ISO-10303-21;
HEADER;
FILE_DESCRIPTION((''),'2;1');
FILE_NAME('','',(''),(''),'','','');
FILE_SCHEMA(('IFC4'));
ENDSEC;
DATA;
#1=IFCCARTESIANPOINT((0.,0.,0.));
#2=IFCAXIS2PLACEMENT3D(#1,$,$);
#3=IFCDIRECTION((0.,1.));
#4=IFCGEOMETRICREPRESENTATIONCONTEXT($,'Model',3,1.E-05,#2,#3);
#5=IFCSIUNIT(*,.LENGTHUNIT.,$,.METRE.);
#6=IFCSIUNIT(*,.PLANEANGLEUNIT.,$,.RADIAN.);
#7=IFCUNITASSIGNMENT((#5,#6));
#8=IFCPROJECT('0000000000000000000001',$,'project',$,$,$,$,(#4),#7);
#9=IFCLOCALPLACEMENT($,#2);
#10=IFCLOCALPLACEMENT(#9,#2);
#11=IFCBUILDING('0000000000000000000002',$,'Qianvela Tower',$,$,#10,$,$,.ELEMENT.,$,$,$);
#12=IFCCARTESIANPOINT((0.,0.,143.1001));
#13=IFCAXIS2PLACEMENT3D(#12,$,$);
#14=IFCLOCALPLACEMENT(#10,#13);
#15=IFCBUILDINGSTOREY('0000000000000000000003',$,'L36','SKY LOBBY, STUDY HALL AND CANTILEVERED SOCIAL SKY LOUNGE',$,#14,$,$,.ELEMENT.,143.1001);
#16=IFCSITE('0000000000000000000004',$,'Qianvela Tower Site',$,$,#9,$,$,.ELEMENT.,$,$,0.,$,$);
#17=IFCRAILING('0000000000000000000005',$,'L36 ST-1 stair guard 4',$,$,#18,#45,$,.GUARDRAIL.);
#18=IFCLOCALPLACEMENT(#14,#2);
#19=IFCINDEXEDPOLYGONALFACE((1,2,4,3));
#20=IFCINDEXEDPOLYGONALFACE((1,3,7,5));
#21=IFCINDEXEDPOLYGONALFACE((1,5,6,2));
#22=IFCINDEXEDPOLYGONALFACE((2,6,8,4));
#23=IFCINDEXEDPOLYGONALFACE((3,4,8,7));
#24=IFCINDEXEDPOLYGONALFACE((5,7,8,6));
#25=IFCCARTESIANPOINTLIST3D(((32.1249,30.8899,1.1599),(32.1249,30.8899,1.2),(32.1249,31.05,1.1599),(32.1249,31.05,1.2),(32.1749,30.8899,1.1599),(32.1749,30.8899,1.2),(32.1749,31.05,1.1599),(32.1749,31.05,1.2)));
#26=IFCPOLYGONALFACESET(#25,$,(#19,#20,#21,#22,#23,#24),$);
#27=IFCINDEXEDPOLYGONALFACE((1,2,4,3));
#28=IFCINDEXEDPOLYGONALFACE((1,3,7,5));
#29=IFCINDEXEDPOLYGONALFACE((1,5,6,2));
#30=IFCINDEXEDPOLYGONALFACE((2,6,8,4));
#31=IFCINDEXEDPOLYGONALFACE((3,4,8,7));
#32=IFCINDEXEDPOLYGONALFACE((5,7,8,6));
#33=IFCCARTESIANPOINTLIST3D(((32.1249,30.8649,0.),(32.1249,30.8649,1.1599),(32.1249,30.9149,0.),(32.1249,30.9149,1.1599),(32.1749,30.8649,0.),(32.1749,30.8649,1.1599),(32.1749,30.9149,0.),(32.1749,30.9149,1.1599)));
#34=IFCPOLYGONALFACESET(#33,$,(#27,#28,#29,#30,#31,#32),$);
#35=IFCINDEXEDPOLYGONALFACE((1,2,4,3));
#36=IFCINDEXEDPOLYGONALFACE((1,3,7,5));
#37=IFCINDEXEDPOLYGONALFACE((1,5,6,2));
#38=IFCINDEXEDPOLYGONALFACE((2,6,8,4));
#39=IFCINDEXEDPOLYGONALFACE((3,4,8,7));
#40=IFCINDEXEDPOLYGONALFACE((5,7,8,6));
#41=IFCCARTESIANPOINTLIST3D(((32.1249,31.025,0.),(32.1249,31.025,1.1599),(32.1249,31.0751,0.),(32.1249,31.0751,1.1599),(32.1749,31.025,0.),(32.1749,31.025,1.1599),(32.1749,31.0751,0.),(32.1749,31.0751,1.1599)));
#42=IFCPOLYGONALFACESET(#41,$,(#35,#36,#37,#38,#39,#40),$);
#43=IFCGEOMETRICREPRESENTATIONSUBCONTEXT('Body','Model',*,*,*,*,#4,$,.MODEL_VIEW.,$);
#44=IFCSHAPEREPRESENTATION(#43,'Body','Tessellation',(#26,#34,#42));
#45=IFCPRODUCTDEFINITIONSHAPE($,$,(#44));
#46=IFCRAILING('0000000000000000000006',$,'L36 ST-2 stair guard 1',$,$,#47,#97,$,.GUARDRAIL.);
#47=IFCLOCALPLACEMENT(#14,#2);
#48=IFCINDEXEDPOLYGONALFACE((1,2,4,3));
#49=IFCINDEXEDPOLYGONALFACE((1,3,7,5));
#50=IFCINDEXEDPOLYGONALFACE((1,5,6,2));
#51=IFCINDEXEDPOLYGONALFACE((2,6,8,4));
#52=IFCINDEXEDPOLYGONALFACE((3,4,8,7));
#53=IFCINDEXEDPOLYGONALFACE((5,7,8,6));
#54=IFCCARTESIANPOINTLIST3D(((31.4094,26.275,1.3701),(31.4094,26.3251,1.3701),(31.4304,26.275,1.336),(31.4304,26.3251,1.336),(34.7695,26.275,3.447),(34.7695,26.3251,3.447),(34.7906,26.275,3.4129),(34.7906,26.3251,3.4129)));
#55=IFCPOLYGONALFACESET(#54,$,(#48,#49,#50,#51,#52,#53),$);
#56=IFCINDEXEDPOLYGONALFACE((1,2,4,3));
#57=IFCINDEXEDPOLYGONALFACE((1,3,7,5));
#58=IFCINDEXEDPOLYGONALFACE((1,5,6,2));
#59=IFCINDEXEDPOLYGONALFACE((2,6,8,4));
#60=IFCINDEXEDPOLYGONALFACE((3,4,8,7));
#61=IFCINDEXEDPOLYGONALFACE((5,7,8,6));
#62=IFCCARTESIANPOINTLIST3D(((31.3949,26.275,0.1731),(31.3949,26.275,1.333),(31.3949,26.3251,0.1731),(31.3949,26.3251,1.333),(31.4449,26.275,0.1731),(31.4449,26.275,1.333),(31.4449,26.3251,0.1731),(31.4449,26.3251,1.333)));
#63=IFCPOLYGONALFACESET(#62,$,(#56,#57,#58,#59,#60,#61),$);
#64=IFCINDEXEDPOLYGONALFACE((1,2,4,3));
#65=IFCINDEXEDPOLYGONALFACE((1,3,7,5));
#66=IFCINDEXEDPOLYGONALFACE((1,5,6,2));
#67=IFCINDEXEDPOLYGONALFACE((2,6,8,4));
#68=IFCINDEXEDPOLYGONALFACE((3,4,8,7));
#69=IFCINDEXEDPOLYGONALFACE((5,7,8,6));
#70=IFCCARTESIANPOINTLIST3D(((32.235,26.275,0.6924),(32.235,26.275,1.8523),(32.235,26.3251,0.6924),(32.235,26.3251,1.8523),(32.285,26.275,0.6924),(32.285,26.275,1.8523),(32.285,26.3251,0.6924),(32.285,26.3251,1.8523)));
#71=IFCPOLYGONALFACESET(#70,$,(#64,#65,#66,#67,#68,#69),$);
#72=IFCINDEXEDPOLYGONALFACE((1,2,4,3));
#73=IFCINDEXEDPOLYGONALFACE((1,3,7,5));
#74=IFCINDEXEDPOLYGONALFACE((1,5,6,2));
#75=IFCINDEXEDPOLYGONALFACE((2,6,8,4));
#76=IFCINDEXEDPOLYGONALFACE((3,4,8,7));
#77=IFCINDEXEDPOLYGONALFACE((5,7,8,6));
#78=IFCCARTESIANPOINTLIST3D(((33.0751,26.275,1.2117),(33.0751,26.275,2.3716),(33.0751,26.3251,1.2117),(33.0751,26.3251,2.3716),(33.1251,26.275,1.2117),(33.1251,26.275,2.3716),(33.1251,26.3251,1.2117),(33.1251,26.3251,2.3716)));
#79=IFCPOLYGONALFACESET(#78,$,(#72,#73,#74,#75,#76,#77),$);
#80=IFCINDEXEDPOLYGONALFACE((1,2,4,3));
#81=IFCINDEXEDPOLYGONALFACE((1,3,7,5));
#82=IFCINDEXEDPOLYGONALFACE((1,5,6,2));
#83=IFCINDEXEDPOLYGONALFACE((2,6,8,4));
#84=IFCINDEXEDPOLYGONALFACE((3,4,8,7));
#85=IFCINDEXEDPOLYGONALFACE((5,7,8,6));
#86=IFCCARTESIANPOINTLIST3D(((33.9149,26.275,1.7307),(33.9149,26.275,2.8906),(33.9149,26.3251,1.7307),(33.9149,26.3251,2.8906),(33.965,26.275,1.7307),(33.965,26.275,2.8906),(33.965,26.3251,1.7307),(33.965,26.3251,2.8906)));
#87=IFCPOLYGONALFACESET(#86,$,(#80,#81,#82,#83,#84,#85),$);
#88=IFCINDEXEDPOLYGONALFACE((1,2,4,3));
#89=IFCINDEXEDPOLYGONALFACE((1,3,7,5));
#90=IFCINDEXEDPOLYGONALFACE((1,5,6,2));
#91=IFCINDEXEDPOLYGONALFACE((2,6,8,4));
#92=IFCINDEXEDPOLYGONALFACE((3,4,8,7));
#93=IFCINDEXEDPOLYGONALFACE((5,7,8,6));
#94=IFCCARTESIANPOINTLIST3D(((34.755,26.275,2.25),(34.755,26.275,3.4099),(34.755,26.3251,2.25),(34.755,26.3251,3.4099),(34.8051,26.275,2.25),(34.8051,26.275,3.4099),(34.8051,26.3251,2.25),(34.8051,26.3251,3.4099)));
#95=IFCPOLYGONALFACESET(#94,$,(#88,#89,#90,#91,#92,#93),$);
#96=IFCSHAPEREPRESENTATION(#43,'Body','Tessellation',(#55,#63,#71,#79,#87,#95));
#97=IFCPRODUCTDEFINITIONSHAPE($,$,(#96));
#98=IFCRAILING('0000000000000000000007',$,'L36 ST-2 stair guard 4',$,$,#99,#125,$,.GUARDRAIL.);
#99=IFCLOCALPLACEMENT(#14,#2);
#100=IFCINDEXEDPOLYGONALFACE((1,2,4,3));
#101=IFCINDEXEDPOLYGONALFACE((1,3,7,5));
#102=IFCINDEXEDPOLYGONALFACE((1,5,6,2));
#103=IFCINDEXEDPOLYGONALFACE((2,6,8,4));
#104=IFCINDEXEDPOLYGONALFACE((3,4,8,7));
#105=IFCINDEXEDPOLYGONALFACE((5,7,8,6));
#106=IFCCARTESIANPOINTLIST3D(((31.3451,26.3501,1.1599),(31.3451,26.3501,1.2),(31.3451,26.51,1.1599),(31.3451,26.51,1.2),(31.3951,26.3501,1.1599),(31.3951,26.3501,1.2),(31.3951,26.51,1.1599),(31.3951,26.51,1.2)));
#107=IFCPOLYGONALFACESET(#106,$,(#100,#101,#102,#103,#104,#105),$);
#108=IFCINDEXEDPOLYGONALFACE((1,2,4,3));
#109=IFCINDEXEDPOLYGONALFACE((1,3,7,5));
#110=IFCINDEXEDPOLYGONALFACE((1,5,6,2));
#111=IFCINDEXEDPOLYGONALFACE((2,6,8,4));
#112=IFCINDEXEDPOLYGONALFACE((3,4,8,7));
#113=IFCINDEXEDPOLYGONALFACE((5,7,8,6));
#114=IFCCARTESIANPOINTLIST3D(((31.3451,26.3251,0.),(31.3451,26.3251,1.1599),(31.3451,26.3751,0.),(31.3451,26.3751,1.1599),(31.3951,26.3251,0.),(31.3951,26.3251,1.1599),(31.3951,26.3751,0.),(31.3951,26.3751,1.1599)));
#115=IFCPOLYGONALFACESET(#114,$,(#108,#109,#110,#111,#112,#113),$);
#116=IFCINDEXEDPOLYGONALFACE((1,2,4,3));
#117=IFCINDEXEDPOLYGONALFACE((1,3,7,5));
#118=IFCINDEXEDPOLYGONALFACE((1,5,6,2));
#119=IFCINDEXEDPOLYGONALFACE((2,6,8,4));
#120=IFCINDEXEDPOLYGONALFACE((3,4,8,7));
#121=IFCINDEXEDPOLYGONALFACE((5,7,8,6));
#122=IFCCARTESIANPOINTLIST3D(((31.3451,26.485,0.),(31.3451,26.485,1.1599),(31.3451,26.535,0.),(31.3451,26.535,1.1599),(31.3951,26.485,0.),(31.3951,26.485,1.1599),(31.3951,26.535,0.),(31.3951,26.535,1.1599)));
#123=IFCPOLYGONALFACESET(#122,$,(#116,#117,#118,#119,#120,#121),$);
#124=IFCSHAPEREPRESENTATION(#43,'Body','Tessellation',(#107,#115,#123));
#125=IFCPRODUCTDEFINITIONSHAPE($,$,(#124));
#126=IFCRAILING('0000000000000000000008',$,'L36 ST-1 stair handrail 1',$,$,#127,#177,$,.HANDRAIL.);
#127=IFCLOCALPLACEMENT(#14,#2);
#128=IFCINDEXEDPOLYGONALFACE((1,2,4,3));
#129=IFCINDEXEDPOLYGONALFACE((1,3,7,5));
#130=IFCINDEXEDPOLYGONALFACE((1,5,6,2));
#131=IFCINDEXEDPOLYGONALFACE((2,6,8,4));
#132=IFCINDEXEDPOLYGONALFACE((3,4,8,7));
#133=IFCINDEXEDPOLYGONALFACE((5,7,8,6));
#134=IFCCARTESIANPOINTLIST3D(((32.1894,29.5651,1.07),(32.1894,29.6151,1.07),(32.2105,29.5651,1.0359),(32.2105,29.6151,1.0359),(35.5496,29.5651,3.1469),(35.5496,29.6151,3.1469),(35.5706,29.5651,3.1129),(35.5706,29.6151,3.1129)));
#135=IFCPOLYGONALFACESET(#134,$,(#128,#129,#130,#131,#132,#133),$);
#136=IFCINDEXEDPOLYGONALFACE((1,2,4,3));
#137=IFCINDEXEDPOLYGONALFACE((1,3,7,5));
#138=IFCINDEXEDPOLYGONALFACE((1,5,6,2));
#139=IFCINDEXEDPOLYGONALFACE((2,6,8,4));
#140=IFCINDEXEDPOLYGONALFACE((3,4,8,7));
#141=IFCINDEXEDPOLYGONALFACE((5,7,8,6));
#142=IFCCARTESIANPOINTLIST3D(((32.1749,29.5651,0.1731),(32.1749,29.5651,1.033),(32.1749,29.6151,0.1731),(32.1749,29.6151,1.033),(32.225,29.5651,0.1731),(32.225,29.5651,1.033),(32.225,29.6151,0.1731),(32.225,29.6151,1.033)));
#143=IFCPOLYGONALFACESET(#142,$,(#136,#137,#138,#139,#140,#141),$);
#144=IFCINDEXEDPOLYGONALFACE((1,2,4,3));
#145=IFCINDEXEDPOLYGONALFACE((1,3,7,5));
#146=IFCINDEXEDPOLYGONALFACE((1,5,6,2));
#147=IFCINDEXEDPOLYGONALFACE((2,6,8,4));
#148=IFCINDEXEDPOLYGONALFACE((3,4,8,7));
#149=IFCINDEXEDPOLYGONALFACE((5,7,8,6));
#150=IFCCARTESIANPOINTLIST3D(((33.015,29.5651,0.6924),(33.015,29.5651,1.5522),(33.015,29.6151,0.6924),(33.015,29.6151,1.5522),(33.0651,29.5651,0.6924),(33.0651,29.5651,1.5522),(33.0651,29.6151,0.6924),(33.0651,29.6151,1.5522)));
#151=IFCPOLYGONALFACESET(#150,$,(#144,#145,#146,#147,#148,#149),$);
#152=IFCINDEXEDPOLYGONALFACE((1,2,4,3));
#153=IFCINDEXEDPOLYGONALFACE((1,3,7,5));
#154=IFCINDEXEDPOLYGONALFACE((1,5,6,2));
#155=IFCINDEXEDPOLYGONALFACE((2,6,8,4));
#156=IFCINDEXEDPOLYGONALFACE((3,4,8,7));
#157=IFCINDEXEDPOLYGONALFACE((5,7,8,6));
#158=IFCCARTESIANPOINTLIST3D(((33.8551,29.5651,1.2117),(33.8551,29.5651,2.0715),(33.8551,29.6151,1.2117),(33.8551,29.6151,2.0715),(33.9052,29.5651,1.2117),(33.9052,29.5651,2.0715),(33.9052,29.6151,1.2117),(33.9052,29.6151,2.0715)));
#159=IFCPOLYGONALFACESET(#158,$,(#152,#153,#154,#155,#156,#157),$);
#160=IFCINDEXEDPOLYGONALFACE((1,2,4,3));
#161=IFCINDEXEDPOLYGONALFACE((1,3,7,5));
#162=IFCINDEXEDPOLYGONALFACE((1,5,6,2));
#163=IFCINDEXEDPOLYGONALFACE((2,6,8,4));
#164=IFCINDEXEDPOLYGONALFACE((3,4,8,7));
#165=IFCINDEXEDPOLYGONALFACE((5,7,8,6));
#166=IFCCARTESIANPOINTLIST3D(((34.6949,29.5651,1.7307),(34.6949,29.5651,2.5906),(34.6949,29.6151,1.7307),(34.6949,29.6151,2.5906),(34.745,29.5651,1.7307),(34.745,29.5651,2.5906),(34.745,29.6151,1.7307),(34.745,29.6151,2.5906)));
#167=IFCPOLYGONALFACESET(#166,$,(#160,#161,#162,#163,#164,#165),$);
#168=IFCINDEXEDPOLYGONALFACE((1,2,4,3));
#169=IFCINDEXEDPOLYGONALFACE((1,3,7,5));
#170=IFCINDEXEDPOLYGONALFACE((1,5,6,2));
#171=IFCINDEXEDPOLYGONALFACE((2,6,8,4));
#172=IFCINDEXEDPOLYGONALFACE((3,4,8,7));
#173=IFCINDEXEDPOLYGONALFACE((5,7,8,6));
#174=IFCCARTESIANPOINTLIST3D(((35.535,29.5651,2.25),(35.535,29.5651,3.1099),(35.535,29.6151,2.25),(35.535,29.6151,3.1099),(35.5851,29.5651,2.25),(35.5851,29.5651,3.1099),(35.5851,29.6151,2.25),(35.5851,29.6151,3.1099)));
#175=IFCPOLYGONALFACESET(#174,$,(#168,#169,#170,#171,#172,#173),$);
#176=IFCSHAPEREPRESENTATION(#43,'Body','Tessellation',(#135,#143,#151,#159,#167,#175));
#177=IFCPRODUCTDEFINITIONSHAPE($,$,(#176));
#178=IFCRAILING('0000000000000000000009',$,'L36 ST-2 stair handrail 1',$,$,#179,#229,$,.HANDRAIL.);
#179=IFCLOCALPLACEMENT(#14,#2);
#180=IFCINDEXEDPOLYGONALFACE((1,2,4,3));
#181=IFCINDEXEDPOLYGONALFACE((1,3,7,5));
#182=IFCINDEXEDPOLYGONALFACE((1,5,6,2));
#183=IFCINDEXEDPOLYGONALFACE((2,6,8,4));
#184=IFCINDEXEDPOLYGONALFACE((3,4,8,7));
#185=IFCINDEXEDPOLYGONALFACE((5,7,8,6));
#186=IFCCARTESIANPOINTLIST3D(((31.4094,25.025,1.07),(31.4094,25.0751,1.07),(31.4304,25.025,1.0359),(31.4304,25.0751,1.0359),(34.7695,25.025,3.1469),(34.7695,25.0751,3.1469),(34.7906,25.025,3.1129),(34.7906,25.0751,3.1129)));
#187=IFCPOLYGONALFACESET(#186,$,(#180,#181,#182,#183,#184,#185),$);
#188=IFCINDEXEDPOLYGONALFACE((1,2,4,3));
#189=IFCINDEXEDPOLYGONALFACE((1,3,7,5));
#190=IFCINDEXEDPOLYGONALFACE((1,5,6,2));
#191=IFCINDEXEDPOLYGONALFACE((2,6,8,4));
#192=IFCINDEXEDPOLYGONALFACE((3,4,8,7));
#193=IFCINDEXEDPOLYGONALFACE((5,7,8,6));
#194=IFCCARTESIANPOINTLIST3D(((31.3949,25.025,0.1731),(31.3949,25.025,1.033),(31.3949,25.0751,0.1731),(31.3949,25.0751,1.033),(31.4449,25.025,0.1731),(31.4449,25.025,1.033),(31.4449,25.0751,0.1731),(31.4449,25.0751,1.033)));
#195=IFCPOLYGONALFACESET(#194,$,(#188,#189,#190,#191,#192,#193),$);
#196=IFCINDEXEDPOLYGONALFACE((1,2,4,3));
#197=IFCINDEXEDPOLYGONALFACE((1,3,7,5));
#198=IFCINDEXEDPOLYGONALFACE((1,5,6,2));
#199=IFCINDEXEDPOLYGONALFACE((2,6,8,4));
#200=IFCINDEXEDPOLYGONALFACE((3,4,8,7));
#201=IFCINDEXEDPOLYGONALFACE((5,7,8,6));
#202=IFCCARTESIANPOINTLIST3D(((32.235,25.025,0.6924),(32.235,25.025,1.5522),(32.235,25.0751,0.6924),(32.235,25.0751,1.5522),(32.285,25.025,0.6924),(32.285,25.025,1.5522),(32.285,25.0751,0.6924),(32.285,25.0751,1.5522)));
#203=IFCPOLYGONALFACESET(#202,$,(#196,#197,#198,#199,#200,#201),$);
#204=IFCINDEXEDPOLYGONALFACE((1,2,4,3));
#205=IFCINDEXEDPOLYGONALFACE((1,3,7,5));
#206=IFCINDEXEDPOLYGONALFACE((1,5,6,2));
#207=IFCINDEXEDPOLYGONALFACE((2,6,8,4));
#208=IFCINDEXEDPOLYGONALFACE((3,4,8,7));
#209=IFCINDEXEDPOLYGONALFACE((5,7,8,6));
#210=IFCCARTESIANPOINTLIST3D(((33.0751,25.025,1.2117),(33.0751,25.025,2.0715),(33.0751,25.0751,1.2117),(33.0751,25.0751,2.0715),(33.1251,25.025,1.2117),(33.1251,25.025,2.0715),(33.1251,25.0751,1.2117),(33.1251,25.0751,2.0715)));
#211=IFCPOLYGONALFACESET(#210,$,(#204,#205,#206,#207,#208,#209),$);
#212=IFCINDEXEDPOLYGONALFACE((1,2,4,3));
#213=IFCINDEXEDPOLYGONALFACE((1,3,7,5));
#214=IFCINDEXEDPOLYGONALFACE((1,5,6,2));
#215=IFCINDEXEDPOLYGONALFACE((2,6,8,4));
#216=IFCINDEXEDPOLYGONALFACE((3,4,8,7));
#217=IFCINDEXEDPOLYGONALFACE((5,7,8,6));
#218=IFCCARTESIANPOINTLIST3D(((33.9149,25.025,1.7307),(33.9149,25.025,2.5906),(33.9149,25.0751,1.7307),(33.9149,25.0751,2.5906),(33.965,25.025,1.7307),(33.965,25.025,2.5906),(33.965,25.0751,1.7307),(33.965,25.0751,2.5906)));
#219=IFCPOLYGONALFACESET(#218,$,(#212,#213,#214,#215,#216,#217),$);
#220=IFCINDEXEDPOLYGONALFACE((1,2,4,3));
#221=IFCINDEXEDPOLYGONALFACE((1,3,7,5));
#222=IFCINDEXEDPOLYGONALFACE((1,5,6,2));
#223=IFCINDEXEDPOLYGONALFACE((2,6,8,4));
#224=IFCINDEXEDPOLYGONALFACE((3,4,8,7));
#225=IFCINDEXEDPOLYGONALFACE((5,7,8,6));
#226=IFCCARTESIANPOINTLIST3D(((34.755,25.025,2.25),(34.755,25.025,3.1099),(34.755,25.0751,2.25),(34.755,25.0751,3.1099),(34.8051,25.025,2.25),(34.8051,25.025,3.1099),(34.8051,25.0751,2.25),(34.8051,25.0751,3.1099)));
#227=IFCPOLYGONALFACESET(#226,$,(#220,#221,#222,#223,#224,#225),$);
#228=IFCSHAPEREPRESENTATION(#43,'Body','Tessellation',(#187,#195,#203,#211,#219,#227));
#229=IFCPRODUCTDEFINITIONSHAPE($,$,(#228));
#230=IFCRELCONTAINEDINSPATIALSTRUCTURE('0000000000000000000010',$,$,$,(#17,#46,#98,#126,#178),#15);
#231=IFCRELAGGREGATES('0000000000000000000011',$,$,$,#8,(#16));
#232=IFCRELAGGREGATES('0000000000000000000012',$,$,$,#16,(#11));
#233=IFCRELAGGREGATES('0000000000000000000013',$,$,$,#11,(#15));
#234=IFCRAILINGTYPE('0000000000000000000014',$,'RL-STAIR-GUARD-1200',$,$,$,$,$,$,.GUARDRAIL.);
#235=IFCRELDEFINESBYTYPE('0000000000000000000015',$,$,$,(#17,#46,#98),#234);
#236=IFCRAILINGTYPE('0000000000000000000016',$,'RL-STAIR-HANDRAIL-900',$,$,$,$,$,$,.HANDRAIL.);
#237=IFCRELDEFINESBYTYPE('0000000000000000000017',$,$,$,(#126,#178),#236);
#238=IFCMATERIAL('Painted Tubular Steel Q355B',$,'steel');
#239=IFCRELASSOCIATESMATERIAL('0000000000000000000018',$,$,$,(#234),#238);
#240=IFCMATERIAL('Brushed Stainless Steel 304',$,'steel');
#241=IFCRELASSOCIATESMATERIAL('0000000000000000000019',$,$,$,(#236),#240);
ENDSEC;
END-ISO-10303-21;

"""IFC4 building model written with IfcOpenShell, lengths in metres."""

from ifc_helpers import new_model, si_unit, direction, frame, origin, origin_2d, place, context, subcontext, project, spatial, rectangle, extrude, material, type_object, element, save


model = new_model("IFC4")

# Units and contexts
model_context = context("Model", 3, precision=1e-05, world=origin(), true_north=direction((0.0, 1.0)))
body_context = subcontext(model_context, "Body", "Model", "MODEL_VIEW")
ifc_project = project(units=[si_unit("LENGTHUNIT", "METRE"), si_unit("PLANEANGLEUNIT", "RADIAN")], contexts=[model_context])

# Site, building, storey
site_placement = place(None, origin())
site = spatial("IfcSite", under=ifc_project, at=site_placement, Name="Qianvela Tower Site", CompositionType="ELEMENT", RefElevation=0.0)
building_placement = place(site_placement, origin())
building = spatial("IfcBuilding", under=site, at=building_placement, Name="Qianvela Tower", CompositionType="ELEMENT")
storey_placement = place(building_placement, frame((0.0, 0.0, 143.1001)))
storey = spatial("IfcBuildingStorey", under=building, at=storey_placement, Name="L36", Description="SKY LOBBY, STUDY HALL AND CANTILEVERED SOCIAL SKY LOUNGE", CompositionType="ELEMENT", Elevation=143.1001)

# Railings
ifc_material_1 = material(Name="Painted Tubular Steel Q355B", Category="steel")
railing_type_1 = type_object("IfcRailingType", Name="RL-STAIR-GUARD-1200", PredefinedType="GUARDRAIL", material=ifc_material_1)
railing_1_placement = place(storey_placement, frame((32.1499, 30.8899, 0.0)))
element("IfcRailing", 1, at=railing_1_placement, inside=storey, type_object=railing_type_1, Name="L36 ST-1 stair guard 4", PredefinedType="GUARDRAIL", context=body_context, shape_type="SweptSolid", body=[
    extrude(rectangle(XDim=0.05, YDim=0.04, at=origin_2d()), frame((0.0, 0.0, 1.1799), z_axis=(0.0, 1.0, 0.0), x_axis=(-1.0, 0.0, 0.0)), (0.0, 0.0, 1.0), 0.1602),
    extrude(rectangle(XDim=0.05, YDim=0.05, at=origin_2d()), origin(), (0.0, 0.0, 1.0), 1.1599),
    extrude(rectangle(XDim=0.05, YDim=0.05, at=origin_2d()), frame((0.0, 0.1602, 0.0)), (0.0, 0.0, 1.0), 1.1599),
])
railing_2_placement = place(storey_placement, frame((31.4199, 26.3, 0.1731)))
element("IfcRailing", 2, at=railing_2_placement, inside=storey, type_object=railing_type_1, Name="L36 ST-2 stair guard 1", PredefinedType="GUARDRAIL", context=body_context, shape_type="SweptSolid", body=[
    extrude(rectangle(XDim=0.05, YDim=0.04, at=origin_2d()), frame((0.0, 0.0, 1.1799), z_axis=(0.850623, 0.0, 0.525776), x_axis=(0.0, 1.0, 0.0)), (0.0, 0.0, 1.0), 3.9502),
    extrude(rectangle(XDim=0.05, YDim=0.05, at=origin_2d()), origin(), (0.0, 0.0, 1.0), 1.1599),
    extrude(rectangle(XDim=0.05, YDim=0.05, at=origin_2d()), frame((0.8401, 0.0, 0.5193)), (0.0, 0.0, 1.0), 1.1599),
    extrude(rectangle(XDim=0.05, YDim=0.05, at=origin_2d()), frame((1.6802, 0.0, 1.0386)), (0.0, 0.0, 1.0), 1.1599),
    extrude(rectangle(XDim=0.05, YDim=0.05, at=origin_2d()), frame((2.52, 0.0, 1.5576)), (0.0, 0.0, 1.0), 1.1599),
    extrude(rectangle(XDim=0.05, YDim=0.05, at=origin_2d()), frame((3.3601, 0.0, 2.0769)), (0.0, 0.0, 1.0), 1.1599),
])
railing_3_placement = place(storey_placement, frame((31.3701, 26.3501, 0.0)))
element("IfcRailing", 3, at=railing_3_placement, inside=storey, type_object=railing_type_1, Name="L36 ST-2 stair guard 4", PredefinedType="GUARDRAIL", context=body_context, shape_type="SweptSolid", body=[
    extrude(rectangle(XDim=0.05, YDim=0.04, at=origin_2d()), frame((0.0, 0.0, 1.1799), z_axis=(0.0, 1.0, 0.0), x_axis=(-1.0, 0.0, 0.0)), (0.0, 0.0, 1.0), 0.1599),
    extrude(rectangle(XDim=0.05, YDim=0.05, at=origin_2d()), origin(), (0.0, 0.0, 1.0), 1.1599),
    extrude(rectangle(XDim=0.05, YDim=0.05, at=origin_2d()), frame((0.0, 0.1599, 0.0)), (0.0, 0.0, 1.0), 1.1599),
])
ifc_material_2 = material(Name="Brushed Stainless Steel 304", Category="steel")
railing_type_2 = type_object("IfcRailingType", Name="RL-STAIR-HANDRAIL-900", PredefinedType="HANDRAIL", material=ifc_material_2)
for number, where, name in (
    (4, (32.2, 29.5901, 0.1731), "L36 ST-1 stair handrail 1"),
    (5, (31.4199, 25.05, 0.1731), "L36 ST-2 stair handrail 1"),
):
    element("IfcRailing", number, at=place(storey_placement, frame(where)), inside=storey, type_object=railing_type_2, Name=name, PredefinedType="HANDRAIL", context=body_context, shape_type="SweptSolid", body=[
        extrude(rectangle(XDim=0.05, YDim=0.04, at=origin_2d()), frame((0.0, 0.0, 0.8799), z_axis=(0.850623, 0.0, 0.525776), x_axis=(0.0, 1.0, 0.0)), (0.0, 0.0, 1.0), 3.9502),
        extrude(rectangle(XDim=0.05, YDim=0.05, at=origin_2d()), origin(), (0.0, 0.0, 1.0), 0.8599),
        extrude(rectangle(XDim=0.05, YDim=0.05, at=origin_2d()), frame((0.8401, 0.0, 0.5193)), (0.0, 0.0, 1.0), 0.8599),
        extrude(rectangle(XDim=0.05, YDim=0.05, at=origin_2d()), frame((1.6802, 0.0, 1.0386)), (0.0, 0.0, 1.0), 0.8599),
        extrude(rectangle(XDim=0.05, YDim=0.05, at=origin_2d()), frame((2.52, 0.0, 1.5576)), (0.0, 0.0, 1.0), 0.8599),
        extrude(rectangle(XDim=0.05, YDim=0.05, at=origin_2d()), frame((3.3601, 0.0, 2.0769)), (0.0, 0.0, 1.0), 0.8599),
    ])

save(model, "model.ifc")
